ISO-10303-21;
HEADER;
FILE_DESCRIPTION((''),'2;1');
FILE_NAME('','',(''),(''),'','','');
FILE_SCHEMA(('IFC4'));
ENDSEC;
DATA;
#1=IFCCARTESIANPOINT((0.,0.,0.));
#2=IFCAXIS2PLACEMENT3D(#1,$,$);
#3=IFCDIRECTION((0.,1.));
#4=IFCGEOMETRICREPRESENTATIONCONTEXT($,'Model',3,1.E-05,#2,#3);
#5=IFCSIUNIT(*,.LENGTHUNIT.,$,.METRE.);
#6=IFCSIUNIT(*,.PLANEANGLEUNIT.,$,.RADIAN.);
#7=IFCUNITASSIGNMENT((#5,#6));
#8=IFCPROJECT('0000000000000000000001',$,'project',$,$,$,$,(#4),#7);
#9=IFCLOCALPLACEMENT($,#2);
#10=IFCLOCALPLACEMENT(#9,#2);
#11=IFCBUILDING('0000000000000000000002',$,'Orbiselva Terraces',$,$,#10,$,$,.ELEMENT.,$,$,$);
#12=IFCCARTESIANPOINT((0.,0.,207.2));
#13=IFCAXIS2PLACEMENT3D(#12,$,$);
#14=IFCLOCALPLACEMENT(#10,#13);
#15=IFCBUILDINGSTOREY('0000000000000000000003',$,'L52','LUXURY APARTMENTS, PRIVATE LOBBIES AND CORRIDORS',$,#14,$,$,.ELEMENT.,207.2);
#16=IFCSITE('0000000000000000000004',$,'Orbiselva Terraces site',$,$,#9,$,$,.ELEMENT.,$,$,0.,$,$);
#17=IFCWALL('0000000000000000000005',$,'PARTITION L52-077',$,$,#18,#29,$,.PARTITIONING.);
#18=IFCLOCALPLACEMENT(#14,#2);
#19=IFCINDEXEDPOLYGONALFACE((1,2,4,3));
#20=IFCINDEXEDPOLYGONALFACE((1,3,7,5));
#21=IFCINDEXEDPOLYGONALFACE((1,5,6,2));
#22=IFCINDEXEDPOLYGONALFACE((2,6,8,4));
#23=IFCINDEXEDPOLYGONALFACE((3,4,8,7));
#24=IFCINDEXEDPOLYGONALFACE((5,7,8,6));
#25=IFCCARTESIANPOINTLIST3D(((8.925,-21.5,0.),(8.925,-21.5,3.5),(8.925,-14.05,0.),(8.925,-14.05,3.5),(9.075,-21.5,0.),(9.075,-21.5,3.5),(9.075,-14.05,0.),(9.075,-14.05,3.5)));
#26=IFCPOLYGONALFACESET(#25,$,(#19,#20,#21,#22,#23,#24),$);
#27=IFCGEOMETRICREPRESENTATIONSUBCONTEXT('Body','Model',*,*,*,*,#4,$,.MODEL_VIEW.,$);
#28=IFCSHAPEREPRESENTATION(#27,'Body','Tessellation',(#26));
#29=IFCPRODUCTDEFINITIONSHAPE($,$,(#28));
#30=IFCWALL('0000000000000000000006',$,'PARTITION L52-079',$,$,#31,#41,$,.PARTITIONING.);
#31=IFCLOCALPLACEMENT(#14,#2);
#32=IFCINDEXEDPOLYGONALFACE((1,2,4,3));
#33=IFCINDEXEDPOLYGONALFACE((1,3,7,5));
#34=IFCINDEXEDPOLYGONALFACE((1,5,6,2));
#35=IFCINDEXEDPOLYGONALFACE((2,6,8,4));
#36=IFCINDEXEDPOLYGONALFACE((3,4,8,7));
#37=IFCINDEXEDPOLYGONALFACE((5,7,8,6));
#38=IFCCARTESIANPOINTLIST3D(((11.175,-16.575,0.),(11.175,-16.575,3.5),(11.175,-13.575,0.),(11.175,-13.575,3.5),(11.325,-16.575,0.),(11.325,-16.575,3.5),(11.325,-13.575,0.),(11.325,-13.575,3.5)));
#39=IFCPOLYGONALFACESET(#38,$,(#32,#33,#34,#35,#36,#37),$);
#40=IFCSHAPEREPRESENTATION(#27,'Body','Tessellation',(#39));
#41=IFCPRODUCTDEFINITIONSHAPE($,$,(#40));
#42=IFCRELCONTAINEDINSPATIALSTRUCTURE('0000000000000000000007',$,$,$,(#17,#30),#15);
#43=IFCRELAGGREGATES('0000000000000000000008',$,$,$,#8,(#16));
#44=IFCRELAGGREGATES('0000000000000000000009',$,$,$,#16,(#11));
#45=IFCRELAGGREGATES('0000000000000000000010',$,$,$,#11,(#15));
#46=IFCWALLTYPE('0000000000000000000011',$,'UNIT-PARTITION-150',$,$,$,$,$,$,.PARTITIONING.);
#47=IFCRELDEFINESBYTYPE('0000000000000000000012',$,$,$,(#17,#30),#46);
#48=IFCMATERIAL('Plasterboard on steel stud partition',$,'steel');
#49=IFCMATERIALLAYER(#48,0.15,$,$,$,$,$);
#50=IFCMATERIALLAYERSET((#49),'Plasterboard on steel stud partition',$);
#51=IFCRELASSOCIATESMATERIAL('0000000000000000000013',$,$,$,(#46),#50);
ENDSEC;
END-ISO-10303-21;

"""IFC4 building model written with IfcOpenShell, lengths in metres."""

from ifc_helpers import new_model, si_unit, direction, frame, frame_2d, origin, place, context, subcontext, project, spatial, rectangle, extrude, material, layer, layer_set, type_object, element, save


model = new_model("IFC4")

# Units and contexts
model_context = context("Model", 3, precision=1e-05, world=origin(), true_north=direction((0.0, 1.0)))
body_context = subcontext(model_context, "Body", "Model", "MODEL_VIEW")
ifc_project = project(units=[si_unit("LENGTHUNIT", "METRE"), si_unit("PLANEANGLEUNIT", "RADIAN")], contexts=[model_context])

# Site, building, storey
site_placement = place(None, origin())
site = spatial("IfcSite", under=ifc_project, at=site_placement, Name="Orbiselva Terraces site", CompositionType="ELEMENT", RefElevation=0.0)
building_placement = place(site_placement, origin())
building = spatial("IfcBuilding", under=site, at=building_placement, Name="Orbiselva Terraces", CompositionType="ELEMENT")
storey_placement = place(building_placement, frame((0.0, 0.0, 207.2)))
storey = spatial("IfcBuildingStorey", under=building, at=storey_placement, Name="L52", Description="LUXURY APARTMENTS, PRIVATE LOBBIES AND CORRIDORS", CompositionType="ELEMENT", Elevation=207.2)

# Shared definitions
ifc_material_1 = material(Name="Plasterboard on steel stud partition", Category="steel")

# Shared definitions
ifc_layer_1 = layer(ifc_material_1, 0.15)
ifc_layer_set_1 = layer_set([ifc_layer_1], Name="Plasterboard on steel stud partition")
wall_type_1 = type_object("IfcWallType", Name="UNIT-PARTITION-150", PredefinedType="PARTITIONING", material=ifc_layer_set_1)

# Walls
wall_1_placement = place(storey_placement, frame((9.0, -21.5, 0.0), z_axis=(0.0, 0.0, 1.0), x_axis=(0.0, 1.0, 0.0)))
element("IfcWall", 1, at=wall_1_placement, inside=storey, type_object=wall_type_1, Name="PARTITION L52-077", PredefinedType="PARTITIONING", context=body_context, shape_type="SweptSolid", body=[
    extrude(rectangle(XDim=7.45, YDim=0.15, at=frame_2d((3.725, 0.0))), origin(), (0.0, 0.0, 1.0), 3.5),
])
wall_2_placement = place(storey_placement, frame((11.25, -16.575, 0.0), z_axis=(0.0, 0.0, 1.0), x_axis=(0.0, 1.0, 0.0)))
element("IfcWall", 2, at=wall_2_placement, inside=storey, type_object=wall_type_1, Name="PARTITION L52-079", PredefinedType="PARTITIONING", context=body_context, shape_type="SweptSolid", body=[
    extrude(rectangle(XDim=3.0, YDim=0.15, at=frame_2d((1.5, 0.0))), origin(), (0.0, 0.0, 1.0), 3.5),
])

save(model, "model.ifc")
